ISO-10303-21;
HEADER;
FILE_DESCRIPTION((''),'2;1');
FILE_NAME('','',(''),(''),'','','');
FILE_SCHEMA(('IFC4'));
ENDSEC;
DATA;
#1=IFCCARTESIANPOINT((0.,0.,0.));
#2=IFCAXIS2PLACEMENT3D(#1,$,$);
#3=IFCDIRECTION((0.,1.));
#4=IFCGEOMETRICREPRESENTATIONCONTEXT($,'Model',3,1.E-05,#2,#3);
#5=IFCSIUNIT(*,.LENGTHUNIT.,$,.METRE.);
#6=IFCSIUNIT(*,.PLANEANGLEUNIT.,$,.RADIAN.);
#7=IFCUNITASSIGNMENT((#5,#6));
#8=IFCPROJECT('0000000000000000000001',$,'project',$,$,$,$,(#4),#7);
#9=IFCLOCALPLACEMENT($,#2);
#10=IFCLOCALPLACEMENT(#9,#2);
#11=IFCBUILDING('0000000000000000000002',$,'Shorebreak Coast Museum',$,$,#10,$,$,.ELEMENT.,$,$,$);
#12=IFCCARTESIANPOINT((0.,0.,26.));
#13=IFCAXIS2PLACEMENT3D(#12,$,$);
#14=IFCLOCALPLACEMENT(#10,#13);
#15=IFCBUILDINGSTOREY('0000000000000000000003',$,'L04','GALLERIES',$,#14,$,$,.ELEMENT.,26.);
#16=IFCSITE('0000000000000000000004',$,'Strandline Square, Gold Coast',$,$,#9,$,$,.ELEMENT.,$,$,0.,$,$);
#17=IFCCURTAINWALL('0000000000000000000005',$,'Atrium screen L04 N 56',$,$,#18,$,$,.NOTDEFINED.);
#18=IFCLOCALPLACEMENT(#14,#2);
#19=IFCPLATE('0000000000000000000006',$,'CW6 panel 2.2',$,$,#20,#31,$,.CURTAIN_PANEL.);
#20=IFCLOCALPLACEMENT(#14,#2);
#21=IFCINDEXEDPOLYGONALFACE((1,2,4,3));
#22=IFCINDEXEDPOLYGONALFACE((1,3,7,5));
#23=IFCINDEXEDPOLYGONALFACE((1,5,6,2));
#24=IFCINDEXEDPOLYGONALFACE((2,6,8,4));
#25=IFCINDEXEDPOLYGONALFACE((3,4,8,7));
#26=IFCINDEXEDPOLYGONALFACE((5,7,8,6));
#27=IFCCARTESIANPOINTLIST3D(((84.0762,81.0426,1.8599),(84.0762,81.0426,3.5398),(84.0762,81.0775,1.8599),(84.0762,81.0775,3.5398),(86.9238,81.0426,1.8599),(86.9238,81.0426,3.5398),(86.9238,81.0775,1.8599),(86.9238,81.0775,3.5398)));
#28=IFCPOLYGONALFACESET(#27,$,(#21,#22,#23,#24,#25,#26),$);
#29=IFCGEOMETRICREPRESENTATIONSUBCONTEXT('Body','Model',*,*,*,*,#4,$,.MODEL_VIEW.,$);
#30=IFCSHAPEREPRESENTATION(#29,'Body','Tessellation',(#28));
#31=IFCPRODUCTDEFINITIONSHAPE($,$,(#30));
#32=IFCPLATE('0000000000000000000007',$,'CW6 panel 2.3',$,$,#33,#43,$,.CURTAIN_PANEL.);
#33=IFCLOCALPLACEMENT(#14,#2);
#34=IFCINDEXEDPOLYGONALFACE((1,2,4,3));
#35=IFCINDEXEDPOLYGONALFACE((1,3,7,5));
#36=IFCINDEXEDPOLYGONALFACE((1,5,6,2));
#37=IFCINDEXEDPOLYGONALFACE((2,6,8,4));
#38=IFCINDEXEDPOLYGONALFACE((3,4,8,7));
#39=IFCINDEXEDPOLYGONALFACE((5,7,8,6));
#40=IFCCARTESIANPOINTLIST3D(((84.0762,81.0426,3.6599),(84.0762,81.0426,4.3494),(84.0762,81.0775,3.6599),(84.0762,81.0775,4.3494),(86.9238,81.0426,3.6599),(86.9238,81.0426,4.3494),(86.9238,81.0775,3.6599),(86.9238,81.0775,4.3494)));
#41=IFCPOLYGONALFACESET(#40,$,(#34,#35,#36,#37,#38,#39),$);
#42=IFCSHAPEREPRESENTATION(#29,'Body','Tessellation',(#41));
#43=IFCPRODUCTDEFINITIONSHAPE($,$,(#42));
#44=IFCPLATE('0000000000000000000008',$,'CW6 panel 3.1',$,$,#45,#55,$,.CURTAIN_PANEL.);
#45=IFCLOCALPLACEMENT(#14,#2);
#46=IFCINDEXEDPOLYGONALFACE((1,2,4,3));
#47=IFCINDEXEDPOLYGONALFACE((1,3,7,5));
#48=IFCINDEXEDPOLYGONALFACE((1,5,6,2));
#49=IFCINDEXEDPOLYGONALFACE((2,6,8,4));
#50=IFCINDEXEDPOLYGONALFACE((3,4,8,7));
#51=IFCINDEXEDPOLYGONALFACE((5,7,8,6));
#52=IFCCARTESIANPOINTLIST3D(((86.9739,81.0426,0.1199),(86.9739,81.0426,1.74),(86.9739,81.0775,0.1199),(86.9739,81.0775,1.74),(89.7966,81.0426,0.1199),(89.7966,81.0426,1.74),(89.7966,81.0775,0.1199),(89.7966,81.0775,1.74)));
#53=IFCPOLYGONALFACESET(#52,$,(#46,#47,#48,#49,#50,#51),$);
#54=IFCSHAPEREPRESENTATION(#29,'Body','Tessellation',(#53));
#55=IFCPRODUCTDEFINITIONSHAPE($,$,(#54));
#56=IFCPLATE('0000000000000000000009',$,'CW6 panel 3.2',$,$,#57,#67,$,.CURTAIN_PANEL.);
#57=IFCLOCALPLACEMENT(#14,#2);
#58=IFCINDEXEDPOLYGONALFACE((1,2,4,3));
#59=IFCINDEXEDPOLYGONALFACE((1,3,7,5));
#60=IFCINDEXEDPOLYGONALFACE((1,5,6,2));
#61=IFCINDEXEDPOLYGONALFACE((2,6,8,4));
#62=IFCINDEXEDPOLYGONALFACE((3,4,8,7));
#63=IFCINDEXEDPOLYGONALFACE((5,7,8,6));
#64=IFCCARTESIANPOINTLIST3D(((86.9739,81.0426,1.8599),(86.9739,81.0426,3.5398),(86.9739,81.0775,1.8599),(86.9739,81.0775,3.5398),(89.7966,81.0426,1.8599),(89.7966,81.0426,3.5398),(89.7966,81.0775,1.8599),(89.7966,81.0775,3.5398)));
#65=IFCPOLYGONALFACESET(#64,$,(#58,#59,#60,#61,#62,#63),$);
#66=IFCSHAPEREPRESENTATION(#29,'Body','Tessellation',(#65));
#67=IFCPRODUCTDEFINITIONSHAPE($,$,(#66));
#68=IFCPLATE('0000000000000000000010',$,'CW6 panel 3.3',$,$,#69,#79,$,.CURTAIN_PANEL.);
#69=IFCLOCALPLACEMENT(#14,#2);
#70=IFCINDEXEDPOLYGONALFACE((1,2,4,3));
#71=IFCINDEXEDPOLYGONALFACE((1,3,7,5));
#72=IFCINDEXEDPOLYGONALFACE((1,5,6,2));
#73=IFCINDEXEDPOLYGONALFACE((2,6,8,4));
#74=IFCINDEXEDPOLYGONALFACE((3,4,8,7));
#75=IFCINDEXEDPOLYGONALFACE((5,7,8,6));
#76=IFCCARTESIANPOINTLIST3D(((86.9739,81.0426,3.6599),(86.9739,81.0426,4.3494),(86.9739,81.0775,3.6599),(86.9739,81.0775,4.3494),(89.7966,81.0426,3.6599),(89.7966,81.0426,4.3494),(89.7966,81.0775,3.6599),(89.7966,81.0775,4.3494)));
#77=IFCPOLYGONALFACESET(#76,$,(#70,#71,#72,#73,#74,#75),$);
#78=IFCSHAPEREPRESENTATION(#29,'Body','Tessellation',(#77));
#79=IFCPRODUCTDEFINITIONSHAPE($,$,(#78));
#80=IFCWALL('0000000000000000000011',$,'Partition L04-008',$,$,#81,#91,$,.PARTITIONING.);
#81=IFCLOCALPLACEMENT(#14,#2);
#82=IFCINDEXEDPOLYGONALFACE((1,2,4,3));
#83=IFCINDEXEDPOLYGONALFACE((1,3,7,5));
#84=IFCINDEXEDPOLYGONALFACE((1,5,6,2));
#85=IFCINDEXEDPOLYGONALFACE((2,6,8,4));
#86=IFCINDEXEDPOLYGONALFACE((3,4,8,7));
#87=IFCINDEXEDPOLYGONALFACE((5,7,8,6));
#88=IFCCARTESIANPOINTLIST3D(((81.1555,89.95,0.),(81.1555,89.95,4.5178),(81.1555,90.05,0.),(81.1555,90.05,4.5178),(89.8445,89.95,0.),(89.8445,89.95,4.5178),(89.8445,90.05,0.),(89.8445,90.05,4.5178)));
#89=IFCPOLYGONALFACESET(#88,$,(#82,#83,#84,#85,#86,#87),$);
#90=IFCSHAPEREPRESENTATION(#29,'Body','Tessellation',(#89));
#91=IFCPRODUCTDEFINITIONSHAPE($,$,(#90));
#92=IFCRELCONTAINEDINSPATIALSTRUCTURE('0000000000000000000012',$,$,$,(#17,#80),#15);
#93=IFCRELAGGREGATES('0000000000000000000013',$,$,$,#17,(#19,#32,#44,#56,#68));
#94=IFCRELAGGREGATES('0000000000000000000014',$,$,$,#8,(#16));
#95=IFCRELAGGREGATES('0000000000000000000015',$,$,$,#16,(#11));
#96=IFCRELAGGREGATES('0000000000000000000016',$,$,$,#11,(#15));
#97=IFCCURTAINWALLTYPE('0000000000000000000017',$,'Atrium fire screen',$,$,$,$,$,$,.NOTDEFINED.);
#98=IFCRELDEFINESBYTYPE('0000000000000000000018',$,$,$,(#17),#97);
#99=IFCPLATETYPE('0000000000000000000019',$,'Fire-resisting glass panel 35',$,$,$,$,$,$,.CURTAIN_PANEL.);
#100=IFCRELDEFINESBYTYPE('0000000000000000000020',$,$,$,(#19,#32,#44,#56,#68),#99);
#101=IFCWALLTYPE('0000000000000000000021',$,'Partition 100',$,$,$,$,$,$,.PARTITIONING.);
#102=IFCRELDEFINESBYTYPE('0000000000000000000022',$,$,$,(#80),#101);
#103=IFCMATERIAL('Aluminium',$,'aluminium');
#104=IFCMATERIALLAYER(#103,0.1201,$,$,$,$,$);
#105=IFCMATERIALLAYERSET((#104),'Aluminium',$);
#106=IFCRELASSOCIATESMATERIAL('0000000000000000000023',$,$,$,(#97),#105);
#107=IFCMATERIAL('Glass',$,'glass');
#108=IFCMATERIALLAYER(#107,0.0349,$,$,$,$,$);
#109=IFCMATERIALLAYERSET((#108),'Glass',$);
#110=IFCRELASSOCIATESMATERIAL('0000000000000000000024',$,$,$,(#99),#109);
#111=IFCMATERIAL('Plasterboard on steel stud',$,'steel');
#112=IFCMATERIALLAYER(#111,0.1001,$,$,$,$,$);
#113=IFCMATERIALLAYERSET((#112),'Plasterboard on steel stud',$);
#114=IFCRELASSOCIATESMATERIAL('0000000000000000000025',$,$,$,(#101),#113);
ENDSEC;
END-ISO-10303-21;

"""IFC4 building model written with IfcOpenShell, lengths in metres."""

from ifc_helpers import new_model, si_unit, direction, frame, frame_2d, origin, origin_2d, place, context, subcontext, project, spatial, rectangle, extrude, material, layer, layer_set, type_object, element, aggregate, save


model = new_model("IFC4")

# Units and contexts
model_context = context("Model", 3, precision=1e-05, world=origin(), true_north=direction((0.0, 1.0)))
body_context = subcontext(model_context, "Body", "Model", "MODEL_VIEW")
ifc_project = project(units=[si_unit("LENGTHUNIT", "METRE"), si_unit("PLANEANGLEUNIT", "RADIAN")], contexts=[model_context])

# Site, building, storey
site_placement = place(None, origin())
site = spatial("IfcSite", under=ifc_project, at=site_placement, Name="Strandline Square, Gold Coast", CompositionType="ELEMENT", RefElevation=0.0)
building_placement = place(site_placement, origin())
building = spatial("IfcBuilding", under=site, at=building_placement, Name="Shorebreak Coast Museum", CompositionType="ELEMENT")
storey_placement = place(building_placement, frame((0.0, 0.0, 26.0)))
storey = spatial("IfcBuildingStorey", under=building, at=storey_placement, Name="L04", Description="GALLERIES", CompositionType="ELEMENT", Elevation=26.0)

# Curtain wall, plates
ifc_material_1 = material(Name="Aluminium", Category="aluminium")
ifc_layer_1 = layer(ifc_material_1, 0.1201)
ifc_layer_set_1 = layer_set([ifc_layer_1], Name="Aluminium")
curtain_wall_type = type_object("IfcCurtainWallType", Name="Atrium fire screen", PredefinedType="NOTDEFINED", material=ifc_layer_set_1)
curtain_wall_placement = place(storey_placement, origin())
curtain_wall = element("IfcCurtainWall", 1, at=curtain_wall_placement, inside=storey, type_object=curtain_wall_type, Name="Atrium screen L04 N 56", PredefinedType="NOTDEFINED")
ifc_material_2 = material(Name="Glass", Category="glass")
ifc_layer_2 = layer(ifc_material_2, 0.0349)
ifc_layer_set_2 = layer_set([ifc_layer_2], Name="Glass")
plate_type = type_object("IfcPlateType", Name="Fire-resisting glass panel 35", PredefinedType="CURTAIN_PANEL", material=ifc_layer_set_2)
plate_1_placement = place(storey_placement, frame((85.5, 81.0601, 1.8599), z_axis=(0.0, 0.0, 1.0), x_axis=(1.0, 0.0, 0.0)))
plate_1 = element("IfcPlate", 2, at=plate_1_placement, type_object=plate_type, Name="CW6 panel 2.2", PredefinedType="CURTAIN_PANEL", context=body_context, shape_type="SweptSolid", body=[
    extrude(rectangle(XDim=2.8477, YDim=0.0349, at=origin_2d()), origin(), (0.0, 0.0, 1.0), 1.6799),
])
plate_2_placement = place(storey_placement, frame((85.5, 81.0601, 3.6599), z_axis=(0.0, 0.0, 1.0), x_axis=(1.0, 0.0, 0.0)))
plate_2 = element("IfcPlate", 3, at=plate_2_placement, type_object=plate_type, Name="CW6 panel 2.3", PredefinedType="CURTAIN_PANEL", context=body_context, shape_type="SweptSolid", body=[
    extrude(rectangle(XDim=2.8477, YDim=0.0349, at=origin_2d()), origin(), (0.0, 0.0, 1.0), 0.6895),
])
plate_3_placement = place(storey_placement, frame((88.3853, 81.0601, 0.1199), z_axis=(0.0, 0.0, 1.0), x_axis=(1.0, 0.0, 0.0)))
plate_3 = element("IfcPlate", 4, at=plate_3_placement, type_object=plate_type, Name="CW6 panel 3.1", PredefinedType="CURTAIN_PANEL", context=body_context, shape_type="SweptSolid", body=[
    extrude(rectangle(XDim=2.8228, YDim=0.0349, at=origin_2d()), origin(), (0.0, 0.0, 1.0), 1.6201),
])
plate_4_placement = place(storey_placement, frame((88.3853, 81.0601, 1.8599), z_axis=(0.0, 0.0, 1.0), x_axis=(1.0, 0.0, 0.0)))
plate_4 = element("IfcPlate", 5, at=plate_4_placement, type_object=plate_type, Name="CW6 panel 3.2", PredefinedType="CURTAIN_PANEL", context=body_context, shape_type="SweptSolid", body=[
    extrude(rectangle(XDim=2.8228, YDim=0.0349, at=origin_2d()), origin(), (0.0, 0.0, 1.0), 1.6799),
])
plate_5_placement = place(storey_placement, frame((88.3853, 81.0601, 3.6599), z_axis=(0.0, 0.0, 1.0), x_axis=(1.0, 0.0, 0.0)))
plate_5 = element("IfcPlate", 6, at=plate_5_placement, type_object=plate_type, Name="CW6 panel 3.3", PredefinedType="CURTAIN_PANEL", context=body_context, shape_type="SweptSolid", body=[
    extrude(rectangle(XDim=2.8228, YDim=0.0349, at=origin_2d()), origin(), (0.0, 0.0, 1.0), 0.6895),
])
aggregate(curtain_wall, [plate_1, plate_2, plate_3, plate_4, plate_5])

# Wall
ifc_material_3 = material(Name="Plasterboard on steel stud", Category="steel")
ifc_layer_3 = layer(ifc_material_3, 0.1001)
ifc_layer_set_3 = layer_set([ifc_layer_3], Name="Plasterboard on steel stud")
wall_type = type_object("IfcWallType", Name="Partition 100", PredefinedType="PARTITIONING", material=ifc_layer_set_3)
wall_placement = place(storey_placement, frame((81.1555, 90.0, 0.0), z_axis=(0.0, 0.0, 1.0), x_axis=(1.0, 0.0, 0.0)))
element("IfcWall", 7, at=wall_placement, inside=storey, type_object=wall_type, Name="Partition L04-008", PredefinedType="PARTITIONING", context=body_context, shape_type="SweptSolid", body=[
    extrude(rectangle(XDim=8.689, YDim=0.1001, at=frame_2d((4.3445, 0.0))), origin(), (0.0, 0.0, 1.0), 4.5178),
])

save(model, "model.ifc")
